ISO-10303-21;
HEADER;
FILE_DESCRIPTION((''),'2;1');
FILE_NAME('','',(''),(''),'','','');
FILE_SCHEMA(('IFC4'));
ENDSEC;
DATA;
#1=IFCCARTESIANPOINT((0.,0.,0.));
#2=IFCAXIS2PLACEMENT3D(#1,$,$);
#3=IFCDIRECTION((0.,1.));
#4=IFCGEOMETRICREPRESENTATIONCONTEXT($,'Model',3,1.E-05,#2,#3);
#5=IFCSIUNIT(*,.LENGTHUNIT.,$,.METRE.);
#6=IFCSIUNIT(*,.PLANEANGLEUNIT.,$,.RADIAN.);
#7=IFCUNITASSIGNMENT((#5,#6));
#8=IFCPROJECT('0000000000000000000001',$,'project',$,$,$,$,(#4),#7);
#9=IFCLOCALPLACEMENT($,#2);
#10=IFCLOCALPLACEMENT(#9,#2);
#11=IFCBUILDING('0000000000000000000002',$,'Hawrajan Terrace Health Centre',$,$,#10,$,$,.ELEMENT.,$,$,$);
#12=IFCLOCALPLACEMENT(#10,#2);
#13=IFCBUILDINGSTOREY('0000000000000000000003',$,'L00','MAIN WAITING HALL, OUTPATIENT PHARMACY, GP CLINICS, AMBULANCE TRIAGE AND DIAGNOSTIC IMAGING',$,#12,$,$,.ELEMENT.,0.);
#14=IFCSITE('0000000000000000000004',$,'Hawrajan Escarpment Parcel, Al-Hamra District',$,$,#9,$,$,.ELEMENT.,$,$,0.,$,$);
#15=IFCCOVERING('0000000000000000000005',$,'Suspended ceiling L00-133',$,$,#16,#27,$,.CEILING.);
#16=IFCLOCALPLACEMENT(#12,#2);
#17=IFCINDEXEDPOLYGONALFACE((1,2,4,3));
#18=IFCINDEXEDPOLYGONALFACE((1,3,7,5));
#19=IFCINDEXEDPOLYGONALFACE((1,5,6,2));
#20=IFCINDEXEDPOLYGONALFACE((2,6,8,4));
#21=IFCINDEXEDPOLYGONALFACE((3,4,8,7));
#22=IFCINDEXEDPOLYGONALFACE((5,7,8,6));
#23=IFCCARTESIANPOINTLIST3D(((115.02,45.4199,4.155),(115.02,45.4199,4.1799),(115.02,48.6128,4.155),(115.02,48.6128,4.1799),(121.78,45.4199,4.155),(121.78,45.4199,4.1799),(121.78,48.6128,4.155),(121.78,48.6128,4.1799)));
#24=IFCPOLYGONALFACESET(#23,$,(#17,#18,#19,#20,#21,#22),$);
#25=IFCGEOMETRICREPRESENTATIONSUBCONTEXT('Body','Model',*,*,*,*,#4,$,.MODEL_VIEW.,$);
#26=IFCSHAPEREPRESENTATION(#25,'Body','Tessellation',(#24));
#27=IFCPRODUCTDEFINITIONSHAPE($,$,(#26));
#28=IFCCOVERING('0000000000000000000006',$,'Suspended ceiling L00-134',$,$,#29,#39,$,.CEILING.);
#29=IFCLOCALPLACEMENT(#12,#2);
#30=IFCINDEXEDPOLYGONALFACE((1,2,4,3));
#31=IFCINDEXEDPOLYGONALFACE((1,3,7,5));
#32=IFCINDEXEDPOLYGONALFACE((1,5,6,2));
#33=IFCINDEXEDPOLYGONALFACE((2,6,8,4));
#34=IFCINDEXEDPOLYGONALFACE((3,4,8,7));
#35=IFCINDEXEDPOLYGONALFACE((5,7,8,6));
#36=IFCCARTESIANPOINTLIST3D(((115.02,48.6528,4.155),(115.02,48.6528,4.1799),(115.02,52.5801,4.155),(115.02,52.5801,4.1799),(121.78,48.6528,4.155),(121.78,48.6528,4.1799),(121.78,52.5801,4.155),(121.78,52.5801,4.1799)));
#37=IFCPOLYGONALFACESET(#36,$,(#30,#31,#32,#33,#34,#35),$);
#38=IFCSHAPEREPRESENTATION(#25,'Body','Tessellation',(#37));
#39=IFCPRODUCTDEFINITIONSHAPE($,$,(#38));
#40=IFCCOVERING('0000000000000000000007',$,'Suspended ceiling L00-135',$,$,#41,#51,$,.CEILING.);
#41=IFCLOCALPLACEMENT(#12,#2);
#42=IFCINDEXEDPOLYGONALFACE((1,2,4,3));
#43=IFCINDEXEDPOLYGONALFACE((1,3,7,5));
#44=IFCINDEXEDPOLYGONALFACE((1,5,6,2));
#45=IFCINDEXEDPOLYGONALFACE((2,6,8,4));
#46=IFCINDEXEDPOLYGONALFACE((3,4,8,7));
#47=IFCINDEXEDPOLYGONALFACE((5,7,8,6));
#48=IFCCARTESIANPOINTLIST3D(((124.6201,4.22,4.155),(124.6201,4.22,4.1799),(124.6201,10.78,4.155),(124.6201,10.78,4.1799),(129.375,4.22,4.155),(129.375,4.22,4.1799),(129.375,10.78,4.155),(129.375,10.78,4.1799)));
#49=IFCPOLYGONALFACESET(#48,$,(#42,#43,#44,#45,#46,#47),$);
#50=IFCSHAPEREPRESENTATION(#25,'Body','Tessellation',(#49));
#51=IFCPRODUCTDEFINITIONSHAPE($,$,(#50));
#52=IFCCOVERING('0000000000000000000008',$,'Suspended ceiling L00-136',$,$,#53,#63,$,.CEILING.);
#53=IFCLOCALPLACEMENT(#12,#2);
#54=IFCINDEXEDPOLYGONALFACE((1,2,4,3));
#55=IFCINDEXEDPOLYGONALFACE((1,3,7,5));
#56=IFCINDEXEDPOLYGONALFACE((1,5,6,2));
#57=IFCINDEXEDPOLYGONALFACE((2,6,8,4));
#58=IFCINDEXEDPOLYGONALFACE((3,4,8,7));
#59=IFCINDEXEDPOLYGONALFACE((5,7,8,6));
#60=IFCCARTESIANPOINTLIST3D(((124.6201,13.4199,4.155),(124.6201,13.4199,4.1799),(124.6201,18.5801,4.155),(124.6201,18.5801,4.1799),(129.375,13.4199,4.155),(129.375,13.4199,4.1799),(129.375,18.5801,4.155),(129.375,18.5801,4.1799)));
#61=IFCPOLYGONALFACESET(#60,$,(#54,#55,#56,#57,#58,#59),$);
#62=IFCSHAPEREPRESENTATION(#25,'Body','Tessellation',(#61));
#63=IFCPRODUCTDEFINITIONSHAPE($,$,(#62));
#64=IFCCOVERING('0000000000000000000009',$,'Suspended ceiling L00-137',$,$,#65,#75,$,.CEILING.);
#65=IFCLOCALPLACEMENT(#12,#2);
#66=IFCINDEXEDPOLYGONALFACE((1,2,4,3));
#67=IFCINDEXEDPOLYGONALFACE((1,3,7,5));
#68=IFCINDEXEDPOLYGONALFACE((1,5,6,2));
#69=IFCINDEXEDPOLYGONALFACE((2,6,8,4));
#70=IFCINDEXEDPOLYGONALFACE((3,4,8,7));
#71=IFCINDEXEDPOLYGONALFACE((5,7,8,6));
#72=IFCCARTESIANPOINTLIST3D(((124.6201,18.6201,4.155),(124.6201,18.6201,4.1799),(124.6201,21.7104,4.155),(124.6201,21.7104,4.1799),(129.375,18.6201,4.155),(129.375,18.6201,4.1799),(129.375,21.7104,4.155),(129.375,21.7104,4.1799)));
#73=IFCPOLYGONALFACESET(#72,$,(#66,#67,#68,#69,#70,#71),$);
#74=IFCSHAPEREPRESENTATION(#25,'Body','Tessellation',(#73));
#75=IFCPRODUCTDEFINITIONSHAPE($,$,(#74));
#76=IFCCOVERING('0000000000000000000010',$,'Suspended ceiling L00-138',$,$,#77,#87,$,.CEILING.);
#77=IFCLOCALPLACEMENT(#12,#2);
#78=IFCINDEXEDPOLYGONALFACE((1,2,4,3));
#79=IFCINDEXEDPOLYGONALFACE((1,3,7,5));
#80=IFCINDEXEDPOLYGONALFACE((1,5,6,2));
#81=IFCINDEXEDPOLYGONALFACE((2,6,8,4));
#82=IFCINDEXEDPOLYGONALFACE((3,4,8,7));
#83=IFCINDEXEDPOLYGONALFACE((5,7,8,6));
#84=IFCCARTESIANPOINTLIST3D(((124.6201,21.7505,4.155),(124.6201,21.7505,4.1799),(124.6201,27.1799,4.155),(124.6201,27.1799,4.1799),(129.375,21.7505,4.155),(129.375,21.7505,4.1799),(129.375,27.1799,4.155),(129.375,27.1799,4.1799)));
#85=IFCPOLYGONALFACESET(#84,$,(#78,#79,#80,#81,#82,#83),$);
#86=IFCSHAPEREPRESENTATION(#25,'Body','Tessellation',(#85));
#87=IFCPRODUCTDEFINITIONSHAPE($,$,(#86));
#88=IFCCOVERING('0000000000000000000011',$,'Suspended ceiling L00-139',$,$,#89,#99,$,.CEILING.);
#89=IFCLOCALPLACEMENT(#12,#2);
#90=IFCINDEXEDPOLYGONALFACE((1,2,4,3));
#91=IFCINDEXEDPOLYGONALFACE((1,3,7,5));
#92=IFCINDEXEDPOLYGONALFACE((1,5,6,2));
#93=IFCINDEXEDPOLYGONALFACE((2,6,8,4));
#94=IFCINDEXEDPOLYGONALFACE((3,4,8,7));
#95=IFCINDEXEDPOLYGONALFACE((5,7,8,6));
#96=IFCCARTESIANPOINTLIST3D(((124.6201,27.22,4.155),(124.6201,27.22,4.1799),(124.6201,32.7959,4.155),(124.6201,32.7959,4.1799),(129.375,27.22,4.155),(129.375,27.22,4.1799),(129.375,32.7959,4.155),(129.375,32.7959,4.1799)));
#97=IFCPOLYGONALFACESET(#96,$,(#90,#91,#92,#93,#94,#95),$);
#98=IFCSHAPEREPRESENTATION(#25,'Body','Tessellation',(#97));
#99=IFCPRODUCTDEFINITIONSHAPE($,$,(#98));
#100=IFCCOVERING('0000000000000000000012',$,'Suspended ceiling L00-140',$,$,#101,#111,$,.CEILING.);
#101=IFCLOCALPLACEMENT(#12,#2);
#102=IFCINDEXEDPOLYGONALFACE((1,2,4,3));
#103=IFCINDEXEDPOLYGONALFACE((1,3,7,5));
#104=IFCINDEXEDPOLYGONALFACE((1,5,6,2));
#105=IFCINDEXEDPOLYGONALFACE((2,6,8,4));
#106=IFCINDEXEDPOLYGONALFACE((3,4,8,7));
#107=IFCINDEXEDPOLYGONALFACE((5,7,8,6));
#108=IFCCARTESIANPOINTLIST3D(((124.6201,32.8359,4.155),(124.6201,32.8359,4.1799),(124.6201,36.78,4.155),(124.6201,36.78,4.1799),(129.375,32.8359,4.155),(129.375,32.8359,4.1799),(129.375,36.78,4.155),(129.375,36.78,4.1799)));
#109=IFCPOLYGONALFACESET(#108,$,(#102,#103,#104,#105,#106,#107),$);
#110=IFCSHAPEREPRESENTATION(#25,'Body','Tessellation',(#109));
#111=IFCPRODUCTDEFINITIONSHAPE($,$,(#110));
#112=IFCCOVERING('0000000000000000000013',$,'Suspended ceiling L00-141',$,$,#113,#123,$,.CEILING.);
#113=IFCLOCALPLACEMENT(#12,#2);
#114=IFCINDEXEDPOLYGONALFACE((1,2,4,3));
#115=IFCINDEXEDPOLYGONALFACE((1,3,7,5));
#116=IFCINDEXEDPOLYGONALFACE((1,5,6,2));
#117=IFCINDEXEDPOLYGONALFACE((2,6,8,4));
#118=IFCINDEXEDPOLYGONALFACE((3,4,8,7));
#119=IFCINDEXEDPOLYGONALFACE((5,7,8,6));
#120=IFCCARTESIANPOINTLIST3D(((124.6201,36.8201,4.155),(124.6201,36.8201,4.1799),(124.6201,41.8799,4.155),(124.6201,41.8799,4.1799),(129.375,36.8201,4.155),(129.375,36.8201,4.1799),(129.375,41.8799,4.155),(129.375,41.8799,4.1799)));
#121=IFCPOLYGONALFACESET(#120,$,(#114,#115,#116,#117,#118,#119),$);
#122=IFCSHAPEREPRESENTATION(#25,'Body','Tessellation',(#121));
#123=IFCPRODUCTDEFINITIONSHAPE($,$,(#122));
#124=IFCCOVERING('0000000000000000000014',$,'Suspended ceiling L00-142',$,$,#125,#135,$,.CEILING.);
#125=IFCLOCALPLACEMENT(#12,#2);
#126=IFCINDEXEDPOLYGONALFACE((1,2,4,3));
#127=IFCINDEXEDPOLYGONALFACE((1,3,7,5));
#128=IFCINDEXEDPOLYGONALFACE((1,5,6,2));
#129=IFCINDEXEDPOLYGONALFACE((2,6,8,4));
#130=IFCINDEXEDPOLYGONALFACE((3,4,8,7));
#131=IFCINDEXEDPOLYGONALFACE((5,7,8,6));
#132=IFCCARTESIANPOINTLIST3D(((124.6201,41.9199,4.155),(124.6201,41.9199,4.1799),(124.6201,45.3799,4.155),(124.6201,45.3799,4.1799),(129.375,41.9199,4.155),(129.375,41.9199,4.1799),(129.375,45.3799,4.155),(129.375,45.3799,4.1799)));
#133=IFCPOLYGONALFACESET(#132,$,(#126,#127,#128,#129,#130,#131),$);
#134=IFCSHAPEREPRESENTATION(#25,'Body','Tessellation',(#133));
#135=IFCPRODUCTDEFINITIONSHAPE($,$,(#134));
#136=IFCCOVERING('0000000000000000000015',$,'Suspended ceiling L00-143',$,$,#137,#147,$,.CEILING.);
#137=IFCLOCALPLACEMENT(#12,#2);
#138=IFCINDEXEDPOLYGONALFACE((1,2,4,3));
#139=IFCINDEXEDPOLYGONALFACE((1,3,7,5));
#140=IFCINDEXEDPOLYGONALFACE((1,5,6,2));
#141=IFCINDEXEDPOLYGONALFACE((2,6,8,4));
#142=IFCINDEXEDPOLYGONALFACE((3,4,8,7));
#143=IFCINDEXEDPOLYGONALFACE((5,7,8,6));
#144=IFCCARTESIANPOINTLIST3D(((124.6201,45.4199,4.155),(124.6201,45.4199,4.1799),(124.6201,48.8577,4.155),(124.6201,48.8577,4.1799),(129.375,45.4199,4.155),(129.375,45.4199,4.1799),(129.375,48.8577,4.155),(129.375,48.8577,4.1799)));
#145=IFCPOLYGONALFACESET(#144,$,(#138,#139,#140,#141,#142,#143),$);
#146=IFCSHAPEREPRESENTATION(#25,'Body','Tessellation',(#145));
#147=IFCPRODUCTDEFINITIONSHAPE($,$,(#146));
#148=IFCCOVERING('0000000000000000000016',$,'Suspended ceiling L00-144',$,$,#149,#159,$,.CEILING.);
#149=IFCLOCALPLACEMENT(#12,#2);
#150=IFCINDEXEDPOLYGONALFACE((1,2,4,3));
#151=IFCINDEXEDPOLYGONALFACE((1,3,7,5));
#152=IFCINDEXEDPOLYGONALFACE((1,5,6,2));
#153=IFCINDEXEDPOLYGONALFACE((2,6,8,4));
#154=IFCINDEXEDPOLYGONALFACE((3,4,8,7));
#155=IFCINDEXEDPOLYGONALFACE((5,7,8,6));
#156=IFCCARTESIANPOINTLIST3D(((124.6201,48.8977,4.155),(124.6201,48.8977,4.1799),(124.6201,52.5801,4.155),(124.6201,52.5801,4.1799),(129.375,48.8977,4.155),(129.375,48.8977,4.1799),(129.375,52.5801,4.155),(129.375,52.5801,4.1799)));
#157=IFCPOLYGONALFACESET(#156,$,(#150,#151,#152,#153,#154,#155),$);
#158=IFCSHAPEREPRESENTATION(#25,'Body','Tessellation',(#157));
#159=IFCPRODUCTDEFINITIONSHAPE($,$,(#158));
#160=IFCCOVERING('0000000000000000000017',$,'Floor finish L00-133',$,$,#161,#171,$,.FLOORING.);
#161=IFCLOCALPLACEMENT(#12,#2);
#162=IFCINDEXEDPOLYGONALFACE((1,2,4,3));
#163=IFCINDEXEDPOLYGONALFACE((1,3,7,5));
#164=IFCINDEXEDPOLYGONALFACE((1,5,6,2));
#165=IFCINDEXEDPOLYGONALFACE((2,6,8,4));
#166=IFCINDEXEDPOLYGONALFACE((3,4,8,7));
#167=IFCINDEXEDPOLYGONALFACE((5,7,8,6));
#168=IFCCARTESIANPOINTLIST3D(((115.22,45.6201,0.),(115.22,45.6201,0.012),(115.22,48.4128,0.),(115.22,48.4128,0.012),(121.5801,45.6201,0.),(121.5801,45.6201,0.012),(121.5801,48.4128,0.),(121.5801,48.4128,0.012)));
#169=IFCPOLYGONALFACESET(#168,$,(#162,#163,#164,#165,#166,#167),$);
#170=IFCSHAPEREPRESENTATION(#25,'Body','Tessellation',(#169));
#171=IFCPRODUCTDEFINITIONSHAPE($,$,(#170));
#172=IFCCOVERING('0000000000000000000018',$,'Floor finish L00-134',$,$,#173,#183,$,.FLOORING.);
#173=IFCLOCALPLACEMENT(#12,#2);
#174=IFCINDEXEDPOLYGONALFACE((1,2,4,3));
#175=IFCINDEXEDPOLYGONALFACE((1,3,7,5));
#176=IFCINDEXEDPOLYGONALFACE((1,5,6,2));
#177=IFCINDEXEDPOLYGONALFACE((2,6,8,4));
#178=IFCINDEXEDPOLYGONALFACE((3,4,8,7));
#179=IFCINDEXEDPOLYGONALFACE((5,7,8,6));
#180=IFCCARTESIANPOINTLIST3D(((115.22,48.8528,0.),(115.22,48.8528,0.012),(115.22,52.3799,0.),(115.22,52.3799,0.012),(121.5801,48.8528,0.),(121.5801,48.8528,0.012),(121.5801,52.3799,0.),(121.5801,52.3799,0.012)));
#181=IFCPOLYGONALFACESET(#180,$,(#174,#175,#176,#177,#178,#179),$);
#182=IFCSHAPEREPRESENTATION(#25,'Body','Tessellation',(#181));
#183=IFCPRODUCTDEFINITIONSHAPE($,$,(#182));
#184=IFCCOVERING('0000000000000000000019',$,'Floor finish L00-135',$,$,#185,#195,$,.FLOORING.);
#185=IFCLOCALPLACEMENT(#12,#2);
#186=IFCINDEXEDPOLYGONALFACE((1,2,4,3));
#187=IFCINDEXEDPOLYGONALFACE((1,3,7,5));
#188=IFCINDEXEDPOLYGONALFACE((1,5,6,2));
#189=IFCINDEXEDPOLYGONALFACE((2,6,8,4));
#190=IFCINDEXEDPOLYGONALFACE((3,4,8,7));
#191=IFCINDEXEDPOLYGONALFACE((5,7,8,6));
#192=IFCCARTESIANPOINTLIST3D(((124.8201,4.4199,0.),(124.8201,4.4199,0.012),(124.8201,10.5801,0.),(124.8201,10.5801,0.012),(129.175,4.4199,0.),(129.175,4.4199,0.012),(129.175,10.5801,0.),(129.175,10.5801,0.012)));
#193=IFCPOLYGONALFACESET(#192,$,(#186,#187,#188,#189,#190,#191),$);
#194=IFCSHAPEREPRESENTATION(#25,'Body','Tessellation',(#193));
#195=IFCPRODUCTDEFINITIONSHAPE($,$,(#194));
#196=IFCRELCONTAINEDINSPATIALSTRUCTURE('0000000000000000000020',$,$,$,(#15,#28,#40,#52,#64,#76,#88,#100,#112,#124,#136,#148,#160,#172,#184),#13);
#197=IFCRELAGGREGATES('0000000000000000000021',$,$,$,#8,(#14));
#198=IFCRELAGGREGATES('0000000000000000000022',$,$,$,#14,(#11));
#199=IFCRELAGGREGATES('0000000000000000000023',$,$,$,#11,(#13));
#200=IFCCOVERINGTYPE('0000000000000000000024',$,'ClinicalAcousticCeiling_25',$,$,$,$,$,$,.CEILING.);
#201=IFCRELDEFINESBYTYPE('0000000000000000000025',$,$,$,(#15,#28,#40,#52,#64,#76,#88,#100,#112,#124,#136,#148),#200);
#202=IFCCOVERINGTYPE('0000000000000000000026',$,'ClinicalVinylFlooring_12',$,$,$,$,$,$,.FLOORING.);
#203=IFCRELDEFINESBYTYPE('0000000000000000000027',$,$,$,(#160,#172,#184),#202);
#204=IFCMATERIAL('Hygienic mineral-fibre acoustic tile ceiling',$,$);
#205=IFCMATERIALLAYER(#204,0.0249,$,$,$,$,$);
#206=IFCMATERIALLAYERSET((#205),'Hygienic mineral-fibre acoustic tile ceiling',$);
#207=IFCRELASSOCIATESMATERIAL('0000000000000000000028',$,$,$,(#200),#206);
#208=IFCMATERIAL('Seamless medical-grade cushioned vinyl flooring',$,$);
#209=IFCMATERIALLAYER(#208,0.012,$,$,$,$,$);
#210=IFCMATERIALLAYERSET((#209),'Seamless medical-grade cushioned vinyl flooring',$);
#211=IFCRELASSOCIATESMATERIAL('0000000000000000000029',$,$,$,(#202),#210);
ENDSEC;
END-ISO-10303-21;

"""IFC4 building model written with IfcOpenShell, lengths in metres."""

from ifc_helpers import new_model, si_unit, direction, frame, origin, place, context, subcontext, project, spatial, polyline, outline, extrude, material, layer, layer_set, type_object, element, save


model = new_model("IFC4")

# Units and contexts
model_context = context("Model", 3, precision=1e-05, world=origin(), true_north=direction((0.0, 1.0)))
body_context = subcontext(model_context, "Body", "Model", "MODEL_VIEW")
ifc_project = project(units=[si_unit("LENGTHUNIT", "METRE"), si_unit("PLANEANGLEUNIT", "RADIAN")], contexts=[model_context])

# Site, building, storey
site_placement = place(None, origin())
site = spatial("IfcSite", under=ifc_project, at=site_placement, Name="Hawrajan Escarpment Parcel, Al-Hamra District", CompositionType="ELEMENT", RefElevation=0.0)
building_placement = place(site_placement, origin())
building = spatial("IfcBuilding", under=site, at=building_placement, Name="Hawrajan Terrace Health Centre", CompositionType="ELEMENT")
storey_placement = place(building_placement, origin())
storey = spatial("IfcBuildingStorey", under=building, at=storey_placement, Name="L00", Description="MAIN WAITING HALL, OUTPATIENT PHARMACY, GP CLINICS, AMBULANCE TRIAGE AND DIAGNOSTIC IMAGING", CompositionType="ELEMENT", Elevation=0.0)

# Coverings
ifc_material_1 = material(Name="Hygienic mineral-fibre acoustic tile ceiling")
ifc_layer_1 = layer(ifc_material_1, 0.0249)
ifc_layer_set_1 = layer_set([ifc_layer_1], Name="Hygienic mineral-fibre acoustic tile ceiling")
covering_type_1 = type_object("IfcCoveringType", Name="ClinicalAcousticCeiling_25", PredefinedType="CEILING", material=ifc_layer_set_1)
covering_1_placement = place(storey_placement, frame((0.0, 0.0, 4.155)))
element("IfcCovering", 1, at=covering_1_placement, inside=storey, type_object=covering_type_1, Name="Suspended ceiling L00-133", PredefinedType="CEILING", context=body_context, shape_type="SweptSolid", body=[
    extrude(outline(polyline([(115.02, 48.6128), (121.78, 48.6128), (121.78, 45.4199), (115.02, 45.4199), (115.02, 48.6128)])), origin(), (0.0, 0.0, 1.0), 0.0249),
])
covering_2_placement = place(storey_placement, frame((0.0, 0.0, 4.155)))
element("IfcCovering", 2, at=covering_2_placement, inside=storey, type_object=covering_type_1, Name="Suspended ceiling L00-134", PredefinedType="CEILING", context=body_context, shape_type="SweptSolid", body=[
    extrude(outline(polyline([(115.02, 52.5801), (121.78, 52.5801), (121.78, 48.6528), (115.02, 48.6528), (115.02, 52.5801)])), origin(), (0.0, 0.0, 1.0), 0.0249),
])
covering_3_placement = place(storey_placement, frame((0.0, 0.0, 4.155)))
element("IfcCovering", 3, at=covering_3_placement, inside=storey, type_object=covering_type_1, Name="Suspended ceiling L00-135", PredefinedType="CEILING", context=body_context, shape_type="SweptSolid", body=[
    extrude(outline(polyline([(124.6201, 10.78), (129.375, 10.78), (129.375, 4.22), (124.6201, 4.22), (124.6201, 10.78)])), origin(), (0.0, 0.0, 1.0), 0.0249),
])
covering_4_placement = place(storey_placement, frame((0.0, 0.0, 4.155)))
element("IfcCovering", 4, at=covering_4_placement, inside=storey, type_object=covering_type_1, Name="Suspended ceiling L00-136", PredefinedType="CEILING", context=body_context, shape_type="SweptSolid", body=[
    extrude(outline(polyline([(124.6201, 18.5801), (129.375, 18.5801), (129.375, 13.4199), (124.6201, 13.4199), (124.6201, 18.5801)])), origin(), (0.0, 0.0, 1.0), 0.0249),
])
covering_5_placement = place(storey_placement, frame((0.0, 0.0, 4.155)))
element("IfcCovering", 5, at=covering_5_placement, inside=storey, type_object=covering_type_1, Name="Suspended ceiling L00-137", PredefinedType="CEILING", context=body_context, shape_type="SweptSolid", body=[
    extrude(outline(polyline([(124.6201, 21.7104), (129.375, 21.7104), (129.375, 18.6201), (124.6201, 18.6201), (124.6201, 21.7104)])), origin(), (0.0, 0.0, 1.0), 0.0249),
])
covering_6_placement = place(storey_placement, frame((0.0, 0.0, 4.155)))
element("IfcCovering", 6, at=covering_6_placement, inside=storey, type_object=covering_type_1, Name="Suspended ceiling L00-138", PredefinedType="CEILING", context=body_context, shape_type="SweptSolid", body=[
    extrude(outline(polyline([(124.6201, 27.1799), (129.375, 27.1799), (129.375, 21.7505), (124.6201, 21.7505), (124.6201, 27.1799)])), origin(), (0.0, 0.0, 1.0), 0.0249),
])
covering_7_placement = place(storey_placement, frame((0.0, 0.0, 4.155)))
element("IfcCovering", 7, at=covering_7_placement, inside=storey, type_object=covering_type_1, Name="Suspended ceiling L00-139", PredefinedType="CEILING", context=body_context, shape_type="SweptSolid", body=[
    extrude(outline(polyline([(124.6201, 32.7959), (129.375, 32.7959), (129.375, 27.22), (124.6201, 27.22), (124.6201, 32.7959)])), origin(), (0.0, 0.0, 1.0), 0.0249),
])
covering_8_placement = place(storey_placement, frame((0.0, 0.0, 4.155)))
element("IfcCovering", 8, at=covering_8_placement, inside=storey, type_object=covering_type_1, Name="Suspended ceiling L00-140", PredefinedType="CEILING", context=body_context, shape_type="SweptSolid", body=[
    extrude(outline(polyline([(124.6201, 36.78), (129.375, 36.78), (129.375, 32.8359), (124.6201, 32.8359), (124.6201, 36.78)])), origin(), (0.0, 0.0, 1.0), 0.0249),
])
covering_9_placement = place(storey_placement, frame((0.0, 0.0, 4.155)))
element("IfcCovering", 9, at=covering_9_placement, inside=storey, type_object=covering_type_1, Name="Suspended ceiling L00-141", PredefinedType="CEILING", context=body_context, shape_type="SweptSolid", body=[
    extrude(outline(polyline([(124.6201, 41.8799), (129.375, 41.8799), (129.375, 36.8201), (124.6201, 36.8201), (124.6201, 41.8799)])), origin(), (0.0, 0.0, 1.0), 0.0249),
])
covering_10_placement = place(storey_placement, frame((0.0, 0.0, 4.155)))
element("IfcCovering", 10, at=covering_10_placement, inside=storey, type_object=covering_type_1, Name="Suspended ceiling L00-142", PredefinedType="CEILING", context=body_context, shape_type="SweptSolid", body=[
    extrude(outline(polyline([(124.6201, 45.3799), (129.375, 45.3799), (129.375, 41.9199), (124.6201, 41.9199), (124.6201, 45.3799)])), origin(), (0.0, 0.0, 1.0), 0.0249),
])
covering_11_placement = place(storey_placement, frame((0.0, 0.0, 4.155)))
element("IfcCovering", 11, at=covering_11_placement, inside=storey, type_object=covering_type_1, Name="Suspended ceiling L00-143", PredefinedType="CEILING", context=body_context, shape_type="SweptSolid", body=[
    extrude(outline(polyline([(124.6201, 48.8577), (129.375, 48.8577), (129.375, 45.4199), (124.6201, 45.4199), (124.6201, 48.8577)])), origin(), (0.0, 0.0, 1.0), 0.0249),
])
covering_12_placement = place(storey_placement, frame((0.0, 0.0, 4.155)))
element("IfcCovering", 12, at=covering_12_placement, inside=storey, type_object=covering_type_1, Name="Suspended ceiling L00-144", PredefinedType="CEILING", context=body_context, shape_type="SweptSolid", body=[
    extrude(outline(polyline([(124.6201, 52.5801), (129.375, 52.5801), (129.375, 48.8977), (124.6201, 48.8977), (124.6201, 52.5801)])), origin(), (0.0, 0.0, 1.0), 0.0249),
])
ifc_material_2 = material(Name="Seamless medical-grade cushioned vinyl flooring")
ifc_layer_2 = layer(ifc_material_2, 0.012)
ifc_layer_set_2 = layer_set([ifc_layer_2], Name="Seamless medical-grade cushioned vinyl flooring")
covering_type_2 = type_object("IfcCoveringType", Name="ClinicalVinylFlooring_12", PredefinedType="FLOORING", material=ifc_layer_set_2)
covering_13_placement = place(storey_placement, origin())
element("IfcCovering", 13, at=covering_13_placement, inside=storey, type_object=covering_type_2, Name="Floor finish L00-133", PredefinedType="FLOORING", context=body_context, shape_type="SweptSolid", body=[
    extrude(outline(polyline([(115.22, 48.4128), (121.5801, 48.4128), (121.5801, 45.6201), (115.22, 45.6201), (115.22, 48.4128)])), origin(), (0.0, 0.0, 1.0), 0.012),
])
covering_14_placement = place(storey_placement, origin())
element("IfcCovering", 14, at=covering_14_placement, inside=storey, type_object=covering_type_2, Name="Floor finish L00-134", PredefinedType="FLOORING", context=body_context, shape_type="SweptSolid", body=[
    extrude(outline(polyline([(115.22, 52.3799), (121.5801, 52.3799), (121.5801, 48.8528), (115.22, 48.8528), (115.22, 52.3799)])), origin(), (0.0, 0.0, 1.0), 0.012),
])
covering_15_placement = place(storey_placement, origin())
element("IfcCovering", 15, at=covering_15_placement, inside=storey, type_object=covering_type_2, Name="Floor finish L00-135", PredefinedType="FLOORING", context=body_context, shape_type="SweptSolid", body=[
    extrude(outline(polyline([(124.8201, 10.5801), (129.175, 10.5801), (129.175, 4.4199), (124.8201, 4.4199), (124.8201, 10.5801)])), origin(), (0.0, 0.0, 1.0), 0.012),
])

save(model, "model.ifc")
